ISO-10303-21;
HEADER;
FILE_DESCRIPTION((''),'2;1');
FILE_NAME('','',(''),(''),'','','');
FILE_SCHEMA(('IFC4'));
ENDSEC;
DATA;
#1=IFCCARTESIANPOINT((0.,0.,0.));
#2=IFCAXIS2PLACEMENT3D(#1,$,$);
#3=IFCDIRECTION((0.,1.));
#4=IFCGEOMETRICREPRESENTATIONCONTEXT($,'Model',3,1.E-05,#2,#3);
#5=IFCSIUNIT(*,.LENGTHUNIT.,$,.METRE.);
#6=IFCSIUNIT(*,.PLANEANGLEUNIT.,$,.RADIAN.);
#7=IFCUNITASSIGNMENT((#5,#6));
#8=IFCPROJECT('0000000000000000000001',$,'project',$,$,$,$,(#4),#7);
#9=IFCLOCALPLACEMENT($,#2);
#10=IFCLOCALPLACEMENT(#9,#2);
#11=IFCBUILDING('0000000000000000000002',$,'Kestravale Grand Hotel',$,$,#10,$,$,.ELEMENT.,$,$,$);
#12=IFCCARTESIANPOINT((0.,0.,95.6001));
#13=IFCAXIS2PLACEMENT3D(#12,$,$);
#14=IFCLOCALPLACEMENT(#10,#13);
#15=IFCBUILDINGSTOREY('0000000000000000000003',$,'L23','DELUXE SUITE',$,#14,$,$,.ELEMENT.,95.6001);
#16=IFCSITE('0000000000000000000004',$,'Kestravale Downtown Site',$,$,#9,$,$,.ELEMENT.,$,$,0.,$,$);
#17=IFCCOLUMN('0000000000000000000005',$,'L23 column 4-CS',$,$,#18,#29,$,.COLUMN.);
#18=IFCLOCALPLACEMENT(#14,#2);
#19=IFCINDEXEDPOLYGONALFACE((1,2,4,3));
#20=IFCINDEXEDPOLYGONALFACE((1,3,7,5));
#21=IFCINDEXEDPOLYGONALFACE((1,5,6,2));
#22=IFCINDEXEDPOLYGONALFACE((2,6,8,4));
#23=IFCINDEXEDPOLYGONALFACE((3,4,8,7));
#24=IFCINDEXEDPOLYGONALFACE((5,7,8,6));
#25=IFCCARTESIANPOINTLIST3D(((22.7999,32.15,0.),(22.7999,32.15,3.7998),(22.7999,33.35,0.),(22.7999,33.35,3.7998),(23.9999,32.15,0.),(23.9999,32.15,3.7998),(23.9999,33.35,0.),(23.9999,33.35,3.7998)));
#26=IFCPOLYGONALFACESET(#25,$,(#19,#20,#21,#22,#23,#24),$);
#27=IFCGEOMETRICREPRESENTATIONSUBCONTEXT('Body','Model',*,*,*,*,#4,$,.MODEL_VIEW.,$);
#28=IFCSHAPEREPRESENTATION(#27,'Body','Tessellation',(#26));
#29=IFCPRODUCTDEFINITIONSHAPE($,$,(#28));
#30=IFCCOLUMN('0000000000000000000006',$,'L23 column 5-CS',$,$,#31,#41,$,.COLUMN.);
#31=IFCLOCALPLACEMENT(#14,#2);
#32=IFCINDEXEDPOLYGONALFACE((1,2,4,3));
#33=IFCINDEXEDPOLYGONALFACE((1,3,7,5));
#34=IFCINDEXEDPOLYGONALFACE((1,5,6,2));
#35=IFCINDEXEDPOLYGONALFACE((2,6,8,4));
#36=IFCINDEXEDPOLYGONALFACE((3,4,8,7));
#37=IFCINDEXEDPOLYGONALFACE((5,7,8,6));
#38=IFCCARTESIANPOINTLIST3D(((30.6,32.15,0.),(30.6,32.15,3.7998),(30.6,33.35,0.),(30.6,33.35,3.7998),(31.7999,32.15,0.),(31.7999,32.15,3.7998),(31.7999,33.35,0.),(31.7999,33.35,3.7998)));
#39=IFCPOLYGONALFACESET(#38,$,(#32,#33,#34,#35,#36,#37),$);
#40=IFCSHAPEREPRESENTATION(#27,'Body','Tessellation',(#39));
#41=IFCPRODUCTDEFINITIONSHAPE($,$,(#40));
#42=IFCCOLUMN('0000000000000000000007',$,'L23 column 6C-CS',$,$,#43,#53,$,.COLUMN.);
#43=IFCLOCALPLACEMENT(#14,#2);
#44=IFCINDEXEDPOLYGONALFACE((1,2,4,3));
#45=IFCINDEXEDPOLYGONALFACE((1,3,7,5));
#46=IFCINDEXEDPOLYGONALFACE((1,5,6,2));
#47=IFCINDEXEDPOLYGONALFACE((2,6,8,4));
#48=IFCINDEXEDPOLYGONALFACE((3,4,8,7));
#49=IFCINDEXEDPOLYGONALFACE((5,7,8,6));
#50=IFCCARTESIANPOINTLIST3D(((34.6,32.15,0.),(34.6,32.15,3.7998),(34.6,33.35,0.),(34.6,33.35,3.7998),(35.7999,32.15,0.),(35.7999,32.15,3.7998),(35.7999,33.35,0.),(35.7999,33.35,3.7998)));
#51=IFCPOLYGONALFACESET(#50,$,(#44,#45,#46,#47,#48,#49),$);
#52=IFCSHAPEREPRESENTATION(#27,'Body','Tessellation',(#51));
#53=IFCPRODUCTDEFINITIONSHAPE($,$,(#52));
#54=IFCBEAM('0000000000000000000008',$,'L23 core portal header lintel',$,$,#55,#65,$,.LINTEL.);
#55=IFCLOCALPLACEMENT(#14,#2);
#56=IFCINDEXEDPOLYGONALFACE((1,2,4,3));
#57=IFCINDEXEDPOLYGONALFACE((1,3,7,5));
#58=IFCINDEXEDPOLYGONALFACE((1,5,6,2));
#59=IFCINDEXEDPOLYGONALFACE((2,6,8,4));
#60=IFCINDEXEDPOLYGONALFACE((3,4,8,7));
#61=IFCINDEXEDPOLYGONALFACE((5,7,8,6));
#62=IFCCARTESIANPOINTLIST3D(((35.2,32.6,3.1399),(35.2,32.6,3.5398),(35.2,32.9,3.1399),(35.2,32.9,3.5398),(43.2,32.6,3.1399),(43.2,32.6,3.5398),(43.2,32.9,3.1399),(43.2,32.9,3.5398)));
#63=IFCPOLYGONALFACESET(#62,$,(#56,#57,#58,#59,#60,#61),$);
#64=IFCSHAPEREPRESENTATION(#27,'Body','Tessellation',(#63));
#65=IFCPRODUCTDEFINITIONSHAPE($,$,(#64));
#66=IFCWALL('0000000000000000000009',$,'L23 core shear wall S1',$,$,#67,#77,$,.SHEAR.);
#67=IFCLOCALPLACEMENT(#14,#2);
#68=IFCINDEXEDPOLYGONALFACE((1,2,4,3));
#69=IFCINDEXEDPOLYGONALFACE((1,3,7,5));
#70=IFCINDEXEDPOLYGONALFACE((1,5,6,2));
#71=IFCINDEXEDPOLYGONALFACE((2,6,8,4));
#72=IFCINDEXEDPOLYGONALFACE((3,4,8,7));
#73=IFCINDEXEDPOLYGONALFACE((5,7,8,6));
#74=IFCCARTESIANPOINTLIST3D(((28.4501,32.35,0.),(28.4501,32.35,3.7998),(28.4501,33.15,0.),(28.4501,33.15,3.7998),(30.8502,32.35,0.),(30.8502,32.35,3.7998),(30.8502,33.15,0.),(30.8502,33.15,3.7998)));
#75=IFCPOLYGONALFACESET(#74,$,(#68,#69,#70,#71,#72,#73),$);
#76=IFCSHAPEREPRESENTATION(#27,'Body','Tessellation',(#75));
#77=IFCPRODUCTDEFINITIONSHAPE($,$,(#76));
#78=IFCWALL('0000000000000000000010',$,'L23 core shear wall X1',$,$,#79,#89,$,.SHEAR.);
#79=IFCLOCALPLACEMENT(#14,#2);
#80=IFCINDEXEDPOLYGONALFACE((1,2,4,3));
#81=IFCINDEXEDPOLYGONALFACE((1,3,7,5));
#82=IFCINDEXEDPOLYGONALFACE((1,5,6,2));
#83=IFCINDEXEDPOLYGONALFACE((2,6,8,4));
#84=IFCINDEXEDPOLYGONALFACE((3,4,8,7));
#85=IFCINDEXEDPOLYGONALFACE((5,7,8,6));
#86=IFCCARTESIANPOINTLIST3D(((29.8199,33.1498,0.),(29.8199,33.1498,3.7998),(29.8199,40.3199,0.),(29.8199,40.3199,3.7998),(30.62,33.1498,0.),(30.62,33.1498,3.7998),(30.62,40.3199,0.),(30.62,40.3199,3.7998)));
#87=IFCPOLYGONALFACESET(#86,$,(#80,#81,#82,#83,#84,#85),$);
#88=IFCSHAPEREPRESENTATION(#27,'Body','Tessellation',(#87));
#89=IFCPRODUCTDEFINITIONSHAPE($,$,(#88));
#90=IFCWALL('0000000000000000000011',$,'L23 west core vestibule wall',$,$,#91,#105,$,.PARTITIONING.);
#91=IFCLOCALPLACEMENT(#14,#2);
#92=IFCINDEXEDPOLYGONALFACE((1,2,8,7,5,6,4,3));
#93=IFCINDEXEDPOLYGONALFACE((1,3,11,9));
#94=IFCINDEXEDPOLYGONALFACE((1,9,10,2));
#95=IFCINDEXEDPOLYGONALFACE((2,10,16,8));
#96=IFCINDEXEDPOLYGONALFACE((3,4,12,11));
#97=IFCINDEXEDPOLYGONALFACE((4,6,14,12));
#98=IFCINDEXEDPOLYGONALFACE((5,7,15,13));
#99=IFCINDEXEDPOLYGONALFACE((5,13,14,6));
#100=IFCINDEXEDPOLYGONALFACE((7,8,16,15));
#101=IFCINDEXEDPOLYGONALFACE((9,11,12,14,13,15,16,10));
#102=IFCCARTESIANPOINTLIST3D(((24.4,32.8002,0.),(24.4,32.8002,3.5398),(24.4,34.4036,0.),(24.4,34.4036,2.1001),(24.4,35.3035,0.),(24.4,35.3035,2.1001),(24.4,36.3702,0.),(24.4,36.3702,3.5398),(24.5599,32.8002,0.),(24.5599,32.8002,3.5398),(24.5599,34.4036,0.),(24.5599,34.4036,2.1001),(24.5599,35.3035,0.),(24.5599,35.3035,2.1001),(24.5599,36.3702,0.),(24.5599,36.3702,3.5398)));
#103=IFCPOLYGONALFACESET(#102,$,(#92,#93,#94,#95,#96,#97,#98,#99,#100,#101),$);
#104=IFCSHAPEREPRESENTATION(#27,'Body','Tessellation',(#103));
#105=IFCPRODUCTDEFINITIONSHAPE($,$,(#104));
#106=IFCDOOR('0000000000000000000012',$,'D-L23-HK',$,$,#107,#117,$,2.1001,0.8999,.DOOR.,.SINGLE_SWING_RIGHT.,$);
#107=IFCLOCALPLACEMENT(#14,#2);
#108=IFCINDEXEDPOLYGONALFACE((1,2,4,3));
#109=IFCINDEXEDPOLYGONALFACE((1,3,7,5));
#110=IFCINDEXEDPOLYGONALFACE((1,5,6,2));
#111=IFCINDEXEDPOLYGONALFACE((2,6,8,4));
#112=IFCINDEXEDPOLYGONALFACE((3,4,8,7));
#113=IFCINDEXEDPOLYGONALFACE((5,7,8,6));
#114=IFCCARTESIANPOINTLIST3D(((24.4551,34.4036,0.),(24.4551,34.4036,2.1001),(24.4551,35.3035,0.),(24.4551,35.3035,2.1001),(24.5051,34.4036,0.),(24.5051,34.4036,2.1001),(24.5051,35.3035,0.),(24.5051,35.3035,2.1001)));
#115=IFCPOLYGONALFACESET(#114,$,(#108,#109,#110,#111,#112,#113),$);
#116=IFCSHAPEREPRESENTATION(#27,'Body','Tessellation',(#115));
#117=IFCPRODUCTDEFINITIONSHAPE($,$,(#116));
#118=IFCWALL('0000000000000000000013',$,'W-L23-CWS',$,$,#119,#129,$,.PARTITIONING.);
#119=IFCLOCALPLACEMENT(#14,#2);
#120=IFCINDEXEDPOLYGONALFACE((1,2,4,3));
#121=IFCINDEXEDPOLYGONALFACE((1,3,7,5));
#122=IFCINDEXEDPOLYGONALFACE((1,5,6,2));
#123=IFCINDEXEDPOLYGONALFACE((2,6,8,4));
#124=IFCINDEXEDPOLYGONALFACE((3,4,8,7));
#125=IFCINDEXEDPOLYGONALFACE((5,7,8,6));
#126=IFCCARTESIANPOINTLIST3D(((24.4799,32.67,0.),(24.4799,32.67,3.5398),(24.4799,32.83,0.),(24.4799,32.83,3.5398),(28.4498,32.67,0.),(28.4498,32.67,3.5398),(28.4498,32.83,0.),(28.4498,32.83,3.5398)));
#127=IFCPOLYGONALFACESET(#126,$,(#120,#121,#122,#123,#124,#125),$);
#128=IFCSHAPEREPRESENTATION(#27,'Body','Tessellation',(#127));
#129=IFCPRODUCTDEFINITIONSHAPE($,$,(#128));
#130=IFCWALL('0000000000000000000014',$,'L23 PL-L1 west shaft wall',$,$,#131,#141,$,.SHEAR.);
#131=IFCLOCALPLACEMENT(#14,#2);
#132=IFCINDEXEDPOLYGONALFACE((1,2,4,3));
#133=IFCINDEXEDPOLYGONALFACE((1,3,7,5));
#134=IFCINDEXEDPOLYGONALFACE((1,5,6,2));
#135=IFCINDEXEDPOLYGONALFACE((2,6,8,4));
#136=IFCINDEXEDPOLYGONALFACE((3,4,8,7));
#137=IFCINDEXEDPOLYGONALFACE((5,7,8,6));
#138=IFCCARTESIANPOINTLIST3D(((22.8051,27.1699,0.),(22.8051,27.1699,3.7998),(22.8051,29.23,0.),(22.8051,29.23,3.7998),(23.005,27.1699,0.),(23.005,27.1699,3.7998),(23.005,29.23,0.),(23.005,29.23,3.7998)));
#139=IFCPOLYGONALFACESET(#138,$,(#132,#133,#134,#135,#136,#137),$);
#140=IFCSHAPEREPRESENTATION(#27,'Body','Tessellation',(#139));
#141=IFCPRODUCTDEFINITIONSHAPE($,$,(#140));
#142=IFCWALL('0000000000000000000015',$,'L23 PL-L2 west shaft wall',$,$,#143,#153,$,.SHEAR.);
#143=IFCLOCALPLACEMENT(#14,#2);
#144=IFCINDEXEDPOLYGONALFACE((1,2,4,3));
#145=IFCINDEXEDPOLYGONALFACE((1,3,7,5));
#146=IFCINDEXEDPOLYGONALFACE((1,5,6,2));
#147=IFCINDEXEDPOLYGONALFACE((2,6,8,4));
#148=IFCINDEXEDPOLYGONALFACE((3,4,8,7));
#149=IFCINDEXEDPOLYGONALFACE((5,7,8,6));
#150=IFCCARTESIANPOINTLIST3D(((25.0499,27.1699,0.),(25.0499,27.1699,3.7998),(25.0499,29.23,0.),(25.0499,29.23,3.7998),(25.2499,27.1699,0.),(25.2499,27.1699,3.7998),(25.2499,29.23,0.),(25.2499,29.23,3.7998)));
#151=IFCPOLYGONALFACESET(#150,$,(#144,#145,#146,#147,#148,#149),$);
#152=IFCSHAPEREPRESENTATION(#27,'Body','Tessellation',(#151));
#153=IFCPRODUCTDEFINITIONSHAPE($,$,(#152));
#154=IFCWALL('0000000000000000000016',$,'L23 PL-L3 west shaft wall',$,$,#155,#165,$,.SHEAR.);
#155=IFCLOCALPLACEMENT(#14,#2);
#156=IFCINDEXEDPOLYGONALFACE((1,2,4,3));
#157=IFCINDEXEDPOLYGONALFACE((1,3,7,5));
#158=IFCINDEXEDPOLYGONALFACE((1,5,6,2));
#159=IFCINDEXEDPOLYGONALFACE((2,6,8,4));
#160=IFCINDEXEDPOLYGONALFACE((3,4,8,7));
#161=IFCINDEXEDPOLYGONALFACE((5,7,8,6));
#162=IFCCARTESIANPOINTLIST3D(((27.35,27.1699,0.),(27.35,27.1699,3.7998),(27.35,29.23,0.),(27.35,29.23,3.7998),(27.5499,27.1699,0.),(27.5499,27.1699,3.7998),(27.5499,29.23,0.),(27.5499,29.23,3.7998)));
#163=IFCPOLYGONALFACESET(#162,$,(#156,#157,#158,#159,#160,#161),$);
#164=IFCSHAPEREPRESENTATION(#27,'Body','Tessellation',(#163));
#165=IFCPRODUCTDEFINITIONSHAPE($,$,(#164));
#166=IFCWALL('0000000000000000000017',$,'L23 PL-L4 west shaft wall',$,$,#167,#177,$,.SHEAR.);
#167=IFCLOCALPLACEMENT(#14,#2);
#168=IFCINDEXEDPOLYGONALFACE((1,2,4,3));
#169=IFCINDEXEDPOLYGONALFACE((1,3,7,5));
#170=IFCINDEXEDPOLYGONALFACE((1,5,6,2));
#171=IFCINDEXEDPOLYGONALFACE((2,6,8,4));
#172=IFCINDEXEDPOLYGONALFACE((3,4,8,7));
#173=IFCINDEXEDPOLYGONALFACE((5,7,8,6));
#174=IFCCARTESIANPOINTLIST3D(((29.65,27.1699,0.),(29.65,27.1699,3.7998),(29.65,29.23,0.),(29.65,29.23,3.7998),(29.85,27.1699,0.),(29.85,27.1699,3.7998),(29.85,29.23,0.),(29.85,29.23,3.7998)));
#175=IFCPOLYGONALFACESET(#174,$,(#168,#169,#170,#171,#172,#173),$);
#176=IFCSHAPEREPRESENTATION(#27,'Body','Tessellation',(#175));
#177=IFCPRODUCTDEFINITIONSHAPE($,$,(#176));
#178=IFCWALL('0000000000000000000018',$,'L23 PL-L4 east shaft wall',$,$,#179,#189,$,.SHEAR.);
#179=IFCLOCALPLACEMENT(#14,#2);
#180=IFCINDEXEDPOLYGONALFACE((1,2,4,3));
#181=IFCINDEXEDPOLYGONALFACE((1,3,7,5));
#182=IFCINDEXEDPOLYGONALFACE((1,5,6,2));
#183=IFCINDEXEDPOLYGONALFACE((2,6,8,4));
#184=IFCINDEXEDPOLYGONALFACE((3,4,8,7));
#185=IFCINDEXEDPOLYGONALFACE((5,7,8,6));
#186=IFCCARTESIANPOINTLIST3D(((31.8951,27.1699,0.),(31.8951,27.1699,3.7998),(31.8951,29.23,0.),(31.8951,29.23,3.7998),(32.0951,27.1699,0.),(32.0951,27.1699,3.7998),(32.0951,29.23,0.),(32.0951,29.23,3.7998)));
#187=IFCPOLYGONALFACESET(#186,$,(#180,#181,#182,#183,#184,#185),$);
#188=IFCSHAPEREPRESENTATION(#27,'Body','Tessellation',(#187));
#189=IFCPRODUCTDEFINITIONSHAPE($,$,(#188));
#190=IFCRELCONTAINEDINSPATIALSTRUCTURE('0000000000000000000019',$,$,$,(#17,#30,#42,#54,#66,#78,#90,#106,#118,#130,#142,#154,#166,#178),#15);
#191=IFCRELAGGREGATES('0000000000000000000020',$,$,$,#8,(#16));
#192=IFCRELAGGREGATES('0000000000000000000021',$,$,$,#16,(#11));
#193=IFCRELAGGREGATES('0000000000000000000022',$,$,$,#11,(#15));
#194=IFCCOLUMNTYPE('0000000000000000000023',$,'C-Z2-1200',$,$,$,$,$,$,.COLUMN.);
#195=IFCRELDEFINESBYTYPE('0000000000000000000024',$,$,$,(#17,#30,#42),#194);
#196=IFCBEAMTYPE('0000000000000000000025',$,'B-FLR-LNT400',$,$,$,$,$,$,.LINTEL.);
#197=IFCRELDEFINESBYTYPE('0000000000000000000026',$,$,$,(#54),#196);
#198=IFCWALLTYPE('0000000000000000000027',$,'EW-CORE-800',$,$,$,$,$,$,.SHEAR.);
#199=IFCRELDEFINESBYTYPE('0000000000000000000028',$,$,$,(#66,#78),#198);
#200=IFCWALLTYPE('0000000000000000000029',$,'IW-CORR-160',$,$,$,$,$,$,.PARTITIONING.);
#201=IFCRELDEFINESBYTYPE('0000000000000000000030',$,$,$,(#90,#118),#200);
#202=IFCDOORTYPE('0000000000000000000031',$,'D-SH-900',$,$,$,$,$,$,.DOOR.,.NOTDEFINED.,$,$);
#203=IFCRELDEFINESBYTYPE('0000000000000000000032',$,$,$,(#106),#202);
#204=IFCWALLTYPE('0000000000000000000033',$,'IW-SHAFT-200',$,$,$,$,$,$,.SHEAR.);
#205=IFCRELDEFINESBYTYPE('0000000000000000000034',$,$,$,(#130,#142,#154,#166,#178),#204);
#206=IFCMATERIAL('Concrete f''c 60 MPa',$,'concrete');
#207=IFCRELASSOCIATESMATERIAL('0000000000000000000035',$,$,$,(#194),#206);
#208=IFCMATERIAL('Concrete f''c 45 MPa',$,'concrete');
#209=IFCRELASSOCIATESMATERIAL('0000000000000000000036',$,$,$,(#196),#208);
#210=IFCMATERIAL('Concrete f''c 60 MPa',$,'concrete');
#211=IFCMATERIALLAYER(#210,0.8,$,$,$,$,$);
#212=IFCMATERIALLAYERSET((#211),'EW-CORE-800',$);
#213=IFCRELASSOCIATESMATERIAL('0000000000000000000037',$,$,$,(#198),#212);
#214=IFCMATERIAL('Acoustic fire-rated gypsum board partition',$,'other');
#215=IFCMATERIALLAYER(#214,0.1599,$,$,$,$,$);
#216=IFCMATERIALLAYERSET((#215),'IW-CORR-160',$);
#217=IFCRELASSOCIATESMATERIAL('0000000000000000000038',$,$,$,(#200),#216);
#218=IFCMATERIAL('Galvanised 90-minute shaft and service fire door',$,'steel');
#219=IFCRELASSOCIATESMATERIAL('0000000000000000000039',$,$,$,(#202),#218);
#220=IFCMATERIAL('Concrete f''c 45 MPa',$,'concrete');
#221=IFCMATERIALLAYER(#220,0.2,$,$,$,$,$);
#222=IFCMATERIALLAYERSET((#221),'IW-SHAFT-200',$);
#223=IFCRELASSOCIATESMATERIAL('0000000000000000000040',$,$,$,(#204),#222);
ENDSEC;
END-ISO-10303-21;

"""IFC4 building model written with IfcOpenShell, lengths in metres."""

from ifc_helpers import new_model, si_unit, direction, frame, frame_2d, origin, origin_2d, place, context, subcontext, project, spatial, rectangle, extrude, material, layer, layer_set, material_profile, profile_set, type_object, element, fill, save


model = new_model("IFC4")

# Units and contexts
model_context = context("Model", 3, precision=1e-05, world=origin(), true_north=direction((0.0, 1.0)))
body_context = subcontext(model_context, "Body", "Model", "MODEL_VIEW")
ifc_project = project(units=[si_unit("LENGTHUNIT", "METRE"), si_unit("PLANEANGLEUNIT", "RADIAN")], contexts=[model_context])

# Site, building, storey
site_placement = place(None, origin())
site = spatial("IfcSite", under=ifc_project, at=site_placement, Name="Kestravale Downtown Site", CompositionType="ELEMENT", RefElevation=0.0)
building_placement = place(site_placement, origin())
building = spatial("IfcBuilding", under=site, at=building_placement, Name="Kestravale Grand Hotel", CompositionType="ELEMENT")
storey_placement = place(building_placement, frame((0.0, 0.0, 95.6001)))
storey = spatial("IfcBuildingStorey", under=building, at=storey_placement, Name="L23", Description="DELUXE SUITE", CompositionType="ELEMENT", Elevation=95.6001)

# Columns
ifc_material_1 = material(Name="Concrete f'c 60 MPa", Category="concrete")
ifc_material_profile_1 = material_profile(ifc_material_1, rectangle(XDim=1.2, YDim=1.2, at=origin_2d()))
ifc_profile_set_1 = profile_set([ifc_material_profile_1], Name="Concrete f'c 60 MPa")
column_type = type_object("IfcColumnType", Name="C-Z2-1200", PredefinedType="COLUMN", material=ifc_profile_set_1)
for number, where, z_axis, x_axis, name in (
    (1, (23.3999, 32.75, 0.0), (0.0, 0.0, 1.0), (1.0, 0.0, 0.0), "L23 column 4-CS"),
    (2, (31.2, 32.75, 0.0), (0.0, 0.0, 1.0), (1.0, 0.0, 0.0), "L23 column 5-CS"),
    (3, (35.2, 32.75, 0.0), (0.0, 0.0, 1.0), (1.0, 0.0, 0.0), "L23 column 6C-CS"),
):
    element("IfcColumn", number, at=place(storey_placement, frame(where, z_axis=z_axis, x_axis=x_axis)), inside=storey, type_object=column_type, Name=name, PredefinedType="COLUMN", context=body_context, shape_type="SweptSolid", body=[
        extrude(rectangle(XDim=1.2, YDim=1.2, at=origin_2d()), origin(), (0.0, 0.0, 1.0), 3.7998),
    ])

# Beam
ifc_material_2 = material(Name="Concrete f'c 45 MPa", Category="concrete")
ifc_material_profile_2 = material_profile(ifc_material_2, rectangle(XDim=0.3, YDim=0.3999, at=origin_2d()))
ifc_profile_set_2 = profile_set([ifc_material_profile_2], Name="Concrete f'c 45 MPa")
beam_type = type_object("IfcBeamType", Name="B-FLR-LNT400", PredefinedType="LINTEL", material=ifc_profile_set_2)
beam_placement = place(storey_placement, frame((35.2, 32.75, 3.3398), z_axis=(1.0, 0.0, 0.0), x_axis=(0.0, 1.0, 0.0)))
element("IfcBeam", 4, at=beam_placement, inside=storey, type_object=beam_type, Name="L23 core portal header lintel", PredefinedType="LINTEL", context=body_context, shape_type="SweptSolid", body=[
    extrude(rectangle(XDim=0.3, YDim=0.3999, at=origin_2d()), origin(), (0.0, 0.0, 1.0), 8.0),
])

# Walls
ifc_material_3 = material(Name="Concrete f'c 60 MPa", Category="concrete")
ifc_layer_1 = layer(ifc_material_3, 0.8)
ifc_layer_set_1 = layer_set([ifc_layer_1], Name="EW-CORE-800")
wall_type_1 = type_object("IfcWallType", Name="EW-CORE-800", PredefinedType="SHEAR", material=ifc_layer_set_1)
wall_1_placement = place(storey_placement, frame((28.45, 32.75, 0.0), z_axis=(0.0, 0.0, 1.0), x_axis=(1.0, 0.0, 0.0)))
element("IfcWall", 5, at=wall_1_placement, inside=storey, type_object=wall_type_1, Name="L23 core shear wall S1", PredefinedType="SHEAR", context=body_context, shape_type="SweptSolid", body=[
    extrude(rectangle(XDim=2.4001, YDim=0.8, at=frame_2d((1.2002, 0.0))), origin(), (0.0, 0.0, 1.0), 3.7998),
])
wall_2_placement = place(storey_placement, frame((30.22, 33.1499, 0.0), z_axis=(0.0, 0.0, 1.0), x_axis=(0.0, 1.0, 0.0)))
element("IfcWall", 6, at=wall_2_placement, inside=storey, type_object=wall_type_1, Name="L23 core shear wall X1", PredefinedType="SHEAR", context=body_context, shape_type="SweptSolid", body=[
    extrude(rectangle(XDim=7.1702, YDim=0.8, at=frame_2d((3.585, 0.0))), origin(), (0.0, 0.0, 1.0), 3.7998),
])

# Wall, opening, door
ifc_material_4 = material(Name="Acoustic fire-rated gypsum board partition", Category="other")
ifc_layer_2 = layer(ifc_material_4, 0.1599)
ifc_layer_set_2 = layer_set([ifc_layer_2], Name="IW-CORR-160")
wall_type_2 = type_object("IfcWallType", Name="IW-CORR-160", PredefinedType="PARTITIONING", material=ifc_layer_set_2)
wall_3_placement = place(storey_placement, frame((24.48, 32.8, 0.0), z_axis=(0.0, 0.0, 1.0), x_axis=(0.0, 1.0, 0.0)))
wall_3 = element("IfcWall", 7, at=wall_3_placement, inside=storey, type_object=wall_type_2, Name="L23 west core vestibule wall", PredefinedType="PARTITIONING", context=body_context, shape_type="SweptSolid", body=[
    extrude(rectangle(XDim=3.5701, YDim=0.1599, at=frame_2d((1.7852, 0.0))), origin(), (0.0, 0.0, 1.0), 3.5398),
])
opening_1_placement = place(wall_3_placement, frame((1.6035, 0.0, 0.0)))
opening_1 = element("IfcOpeningElement", 8, at=opening_1_placement, cuts=wall_3, PredefinedType="OPENING", context=body_context, shape_type="SweptSolid", body=[
    extrude(rectangle(XDim=0.8999, YDim=2.1001, at=frame_2d((0.45, 1.05))), frame((0.0, 0.0898, 0.0), z_axis=(0.0, -1.0, 0.0), x_axis=(1.0, 0.0, 0.0)), (0.0, 0.0, 1.0), 0.1799),
])
ifc_material_5 = material(Name="Galvanised 90-minute shaft and service fire door", Category="steel")
door_type_1 = type_object("IfcDoorType", Name="D-SH-900", OperationType="NOTDEFINED", PredefinedType="DOOR", material=ifc_material_5)
door_1_placement = place(opening_1_placement, origin())
door_1 = element("IfcDoor", 9, at=door_1_placement, inside=storey, type_object=door_type_1, Name="D-L23-HK", OperationType="SINGLE_SWING_RIGHT", OverallHeight=2.1001, OverallWidth=0.8999, PredefinedType="DOOR", context=body_context, shape_type="SweptSolid", body=[
    extrude(rectangle(XDim=0.8999, YDim=2.1001, at=frame_2d((0.45, 1.05))), frame((0.0, 0.0249, 0.0), z_axis=(0.0, -1.0, 0.0), x_axis=(1.0, 0.0, 0.0)), (0.0, 0.0, 1.0), 0.05),
])
fill(opening_1, door_1)

# Walls
wall_4_placement = place(storey_placement, frame((24.48, 32.75, 0.0), z_axis=(0.0, 0.0, 1.0), x_axis=(1.0, 0.0, 0.0)))
element("IfcWall", 10, at=wall_4_placement, inside=storey, type_object=wall_type_2, Name="W-L23-CWS", PredefinedType="PARTITIONING", context=body_context, shape_type="SweptSolid", body=[
    extrude(rectangle(XDim=3.97, YDim=0.1599, at=frame_2d((1.9849, 0.0))), origin(), (0.0, 0.0, 1.0), 3.5398),
])
ifc_material_6 = material(Name="Concrete f'c 45 MPa", Category="concrete")
ifc_layer_3 = layer(ifc_material_6, 0.2)
ifc_layer_set_3 = layer_set([ifc_layer_3], Name="IW-SHAFT-200")
wall_type_3 = type_object("IfcWallType", Name="IW-SHAFT-200", PredefinedType="SHEAR", material=ifc_layer_set_3)
for number, where, z_axis, x_axis, name in (
    (11, (22.905, 27.1699, 0.0), (0.0, 0.0, 1.0), (0.0, 1.0, 0.0), "L23 PL-L1 west shaft wall"),
    (12, (25.1499, 27.1699, 0.0), (0.0, 0.0, 1.0), (0.0, 1.0, 0.0), "L23 PL-L2 west shaft wall"),
    (13, (27.45, 27.1699, 0.0), (0.0, 0.0, 1.0), (0.0, 1.0, 0.0), "L23 PL-L3 west shaft wall"),
    (14, (29.75, 27.1699, 0.0), (0.0, 0.0, 1.0), (0.0, 1.0, 0.0), "L23 PL-L4 west shaft wall"),
    (15, (31.9951, 27.1699, 0.0), (0.0, 0.0, 1.0), (0.0, 1.0, 0.0), "L23 PL-L4 east shaft wall"),
):
    element("IfcWall", number, at=place(storey_placement, frame(where, z_axis=z_axis, x_axis=x_axis)), inside=storey, type_object=wall_type_3, Name=name, PredefinedType="SHEAR", context=body_context, shape_type="SweptSolid", body=[
        extrude(rectangle(XDim=2.0601, YDim=0.2, at=frame_2d((1.03, 0.0))), origin(), (0.0, 0.0, 1.0), 3.7998),
    ])

save(model, "model.ifc")
